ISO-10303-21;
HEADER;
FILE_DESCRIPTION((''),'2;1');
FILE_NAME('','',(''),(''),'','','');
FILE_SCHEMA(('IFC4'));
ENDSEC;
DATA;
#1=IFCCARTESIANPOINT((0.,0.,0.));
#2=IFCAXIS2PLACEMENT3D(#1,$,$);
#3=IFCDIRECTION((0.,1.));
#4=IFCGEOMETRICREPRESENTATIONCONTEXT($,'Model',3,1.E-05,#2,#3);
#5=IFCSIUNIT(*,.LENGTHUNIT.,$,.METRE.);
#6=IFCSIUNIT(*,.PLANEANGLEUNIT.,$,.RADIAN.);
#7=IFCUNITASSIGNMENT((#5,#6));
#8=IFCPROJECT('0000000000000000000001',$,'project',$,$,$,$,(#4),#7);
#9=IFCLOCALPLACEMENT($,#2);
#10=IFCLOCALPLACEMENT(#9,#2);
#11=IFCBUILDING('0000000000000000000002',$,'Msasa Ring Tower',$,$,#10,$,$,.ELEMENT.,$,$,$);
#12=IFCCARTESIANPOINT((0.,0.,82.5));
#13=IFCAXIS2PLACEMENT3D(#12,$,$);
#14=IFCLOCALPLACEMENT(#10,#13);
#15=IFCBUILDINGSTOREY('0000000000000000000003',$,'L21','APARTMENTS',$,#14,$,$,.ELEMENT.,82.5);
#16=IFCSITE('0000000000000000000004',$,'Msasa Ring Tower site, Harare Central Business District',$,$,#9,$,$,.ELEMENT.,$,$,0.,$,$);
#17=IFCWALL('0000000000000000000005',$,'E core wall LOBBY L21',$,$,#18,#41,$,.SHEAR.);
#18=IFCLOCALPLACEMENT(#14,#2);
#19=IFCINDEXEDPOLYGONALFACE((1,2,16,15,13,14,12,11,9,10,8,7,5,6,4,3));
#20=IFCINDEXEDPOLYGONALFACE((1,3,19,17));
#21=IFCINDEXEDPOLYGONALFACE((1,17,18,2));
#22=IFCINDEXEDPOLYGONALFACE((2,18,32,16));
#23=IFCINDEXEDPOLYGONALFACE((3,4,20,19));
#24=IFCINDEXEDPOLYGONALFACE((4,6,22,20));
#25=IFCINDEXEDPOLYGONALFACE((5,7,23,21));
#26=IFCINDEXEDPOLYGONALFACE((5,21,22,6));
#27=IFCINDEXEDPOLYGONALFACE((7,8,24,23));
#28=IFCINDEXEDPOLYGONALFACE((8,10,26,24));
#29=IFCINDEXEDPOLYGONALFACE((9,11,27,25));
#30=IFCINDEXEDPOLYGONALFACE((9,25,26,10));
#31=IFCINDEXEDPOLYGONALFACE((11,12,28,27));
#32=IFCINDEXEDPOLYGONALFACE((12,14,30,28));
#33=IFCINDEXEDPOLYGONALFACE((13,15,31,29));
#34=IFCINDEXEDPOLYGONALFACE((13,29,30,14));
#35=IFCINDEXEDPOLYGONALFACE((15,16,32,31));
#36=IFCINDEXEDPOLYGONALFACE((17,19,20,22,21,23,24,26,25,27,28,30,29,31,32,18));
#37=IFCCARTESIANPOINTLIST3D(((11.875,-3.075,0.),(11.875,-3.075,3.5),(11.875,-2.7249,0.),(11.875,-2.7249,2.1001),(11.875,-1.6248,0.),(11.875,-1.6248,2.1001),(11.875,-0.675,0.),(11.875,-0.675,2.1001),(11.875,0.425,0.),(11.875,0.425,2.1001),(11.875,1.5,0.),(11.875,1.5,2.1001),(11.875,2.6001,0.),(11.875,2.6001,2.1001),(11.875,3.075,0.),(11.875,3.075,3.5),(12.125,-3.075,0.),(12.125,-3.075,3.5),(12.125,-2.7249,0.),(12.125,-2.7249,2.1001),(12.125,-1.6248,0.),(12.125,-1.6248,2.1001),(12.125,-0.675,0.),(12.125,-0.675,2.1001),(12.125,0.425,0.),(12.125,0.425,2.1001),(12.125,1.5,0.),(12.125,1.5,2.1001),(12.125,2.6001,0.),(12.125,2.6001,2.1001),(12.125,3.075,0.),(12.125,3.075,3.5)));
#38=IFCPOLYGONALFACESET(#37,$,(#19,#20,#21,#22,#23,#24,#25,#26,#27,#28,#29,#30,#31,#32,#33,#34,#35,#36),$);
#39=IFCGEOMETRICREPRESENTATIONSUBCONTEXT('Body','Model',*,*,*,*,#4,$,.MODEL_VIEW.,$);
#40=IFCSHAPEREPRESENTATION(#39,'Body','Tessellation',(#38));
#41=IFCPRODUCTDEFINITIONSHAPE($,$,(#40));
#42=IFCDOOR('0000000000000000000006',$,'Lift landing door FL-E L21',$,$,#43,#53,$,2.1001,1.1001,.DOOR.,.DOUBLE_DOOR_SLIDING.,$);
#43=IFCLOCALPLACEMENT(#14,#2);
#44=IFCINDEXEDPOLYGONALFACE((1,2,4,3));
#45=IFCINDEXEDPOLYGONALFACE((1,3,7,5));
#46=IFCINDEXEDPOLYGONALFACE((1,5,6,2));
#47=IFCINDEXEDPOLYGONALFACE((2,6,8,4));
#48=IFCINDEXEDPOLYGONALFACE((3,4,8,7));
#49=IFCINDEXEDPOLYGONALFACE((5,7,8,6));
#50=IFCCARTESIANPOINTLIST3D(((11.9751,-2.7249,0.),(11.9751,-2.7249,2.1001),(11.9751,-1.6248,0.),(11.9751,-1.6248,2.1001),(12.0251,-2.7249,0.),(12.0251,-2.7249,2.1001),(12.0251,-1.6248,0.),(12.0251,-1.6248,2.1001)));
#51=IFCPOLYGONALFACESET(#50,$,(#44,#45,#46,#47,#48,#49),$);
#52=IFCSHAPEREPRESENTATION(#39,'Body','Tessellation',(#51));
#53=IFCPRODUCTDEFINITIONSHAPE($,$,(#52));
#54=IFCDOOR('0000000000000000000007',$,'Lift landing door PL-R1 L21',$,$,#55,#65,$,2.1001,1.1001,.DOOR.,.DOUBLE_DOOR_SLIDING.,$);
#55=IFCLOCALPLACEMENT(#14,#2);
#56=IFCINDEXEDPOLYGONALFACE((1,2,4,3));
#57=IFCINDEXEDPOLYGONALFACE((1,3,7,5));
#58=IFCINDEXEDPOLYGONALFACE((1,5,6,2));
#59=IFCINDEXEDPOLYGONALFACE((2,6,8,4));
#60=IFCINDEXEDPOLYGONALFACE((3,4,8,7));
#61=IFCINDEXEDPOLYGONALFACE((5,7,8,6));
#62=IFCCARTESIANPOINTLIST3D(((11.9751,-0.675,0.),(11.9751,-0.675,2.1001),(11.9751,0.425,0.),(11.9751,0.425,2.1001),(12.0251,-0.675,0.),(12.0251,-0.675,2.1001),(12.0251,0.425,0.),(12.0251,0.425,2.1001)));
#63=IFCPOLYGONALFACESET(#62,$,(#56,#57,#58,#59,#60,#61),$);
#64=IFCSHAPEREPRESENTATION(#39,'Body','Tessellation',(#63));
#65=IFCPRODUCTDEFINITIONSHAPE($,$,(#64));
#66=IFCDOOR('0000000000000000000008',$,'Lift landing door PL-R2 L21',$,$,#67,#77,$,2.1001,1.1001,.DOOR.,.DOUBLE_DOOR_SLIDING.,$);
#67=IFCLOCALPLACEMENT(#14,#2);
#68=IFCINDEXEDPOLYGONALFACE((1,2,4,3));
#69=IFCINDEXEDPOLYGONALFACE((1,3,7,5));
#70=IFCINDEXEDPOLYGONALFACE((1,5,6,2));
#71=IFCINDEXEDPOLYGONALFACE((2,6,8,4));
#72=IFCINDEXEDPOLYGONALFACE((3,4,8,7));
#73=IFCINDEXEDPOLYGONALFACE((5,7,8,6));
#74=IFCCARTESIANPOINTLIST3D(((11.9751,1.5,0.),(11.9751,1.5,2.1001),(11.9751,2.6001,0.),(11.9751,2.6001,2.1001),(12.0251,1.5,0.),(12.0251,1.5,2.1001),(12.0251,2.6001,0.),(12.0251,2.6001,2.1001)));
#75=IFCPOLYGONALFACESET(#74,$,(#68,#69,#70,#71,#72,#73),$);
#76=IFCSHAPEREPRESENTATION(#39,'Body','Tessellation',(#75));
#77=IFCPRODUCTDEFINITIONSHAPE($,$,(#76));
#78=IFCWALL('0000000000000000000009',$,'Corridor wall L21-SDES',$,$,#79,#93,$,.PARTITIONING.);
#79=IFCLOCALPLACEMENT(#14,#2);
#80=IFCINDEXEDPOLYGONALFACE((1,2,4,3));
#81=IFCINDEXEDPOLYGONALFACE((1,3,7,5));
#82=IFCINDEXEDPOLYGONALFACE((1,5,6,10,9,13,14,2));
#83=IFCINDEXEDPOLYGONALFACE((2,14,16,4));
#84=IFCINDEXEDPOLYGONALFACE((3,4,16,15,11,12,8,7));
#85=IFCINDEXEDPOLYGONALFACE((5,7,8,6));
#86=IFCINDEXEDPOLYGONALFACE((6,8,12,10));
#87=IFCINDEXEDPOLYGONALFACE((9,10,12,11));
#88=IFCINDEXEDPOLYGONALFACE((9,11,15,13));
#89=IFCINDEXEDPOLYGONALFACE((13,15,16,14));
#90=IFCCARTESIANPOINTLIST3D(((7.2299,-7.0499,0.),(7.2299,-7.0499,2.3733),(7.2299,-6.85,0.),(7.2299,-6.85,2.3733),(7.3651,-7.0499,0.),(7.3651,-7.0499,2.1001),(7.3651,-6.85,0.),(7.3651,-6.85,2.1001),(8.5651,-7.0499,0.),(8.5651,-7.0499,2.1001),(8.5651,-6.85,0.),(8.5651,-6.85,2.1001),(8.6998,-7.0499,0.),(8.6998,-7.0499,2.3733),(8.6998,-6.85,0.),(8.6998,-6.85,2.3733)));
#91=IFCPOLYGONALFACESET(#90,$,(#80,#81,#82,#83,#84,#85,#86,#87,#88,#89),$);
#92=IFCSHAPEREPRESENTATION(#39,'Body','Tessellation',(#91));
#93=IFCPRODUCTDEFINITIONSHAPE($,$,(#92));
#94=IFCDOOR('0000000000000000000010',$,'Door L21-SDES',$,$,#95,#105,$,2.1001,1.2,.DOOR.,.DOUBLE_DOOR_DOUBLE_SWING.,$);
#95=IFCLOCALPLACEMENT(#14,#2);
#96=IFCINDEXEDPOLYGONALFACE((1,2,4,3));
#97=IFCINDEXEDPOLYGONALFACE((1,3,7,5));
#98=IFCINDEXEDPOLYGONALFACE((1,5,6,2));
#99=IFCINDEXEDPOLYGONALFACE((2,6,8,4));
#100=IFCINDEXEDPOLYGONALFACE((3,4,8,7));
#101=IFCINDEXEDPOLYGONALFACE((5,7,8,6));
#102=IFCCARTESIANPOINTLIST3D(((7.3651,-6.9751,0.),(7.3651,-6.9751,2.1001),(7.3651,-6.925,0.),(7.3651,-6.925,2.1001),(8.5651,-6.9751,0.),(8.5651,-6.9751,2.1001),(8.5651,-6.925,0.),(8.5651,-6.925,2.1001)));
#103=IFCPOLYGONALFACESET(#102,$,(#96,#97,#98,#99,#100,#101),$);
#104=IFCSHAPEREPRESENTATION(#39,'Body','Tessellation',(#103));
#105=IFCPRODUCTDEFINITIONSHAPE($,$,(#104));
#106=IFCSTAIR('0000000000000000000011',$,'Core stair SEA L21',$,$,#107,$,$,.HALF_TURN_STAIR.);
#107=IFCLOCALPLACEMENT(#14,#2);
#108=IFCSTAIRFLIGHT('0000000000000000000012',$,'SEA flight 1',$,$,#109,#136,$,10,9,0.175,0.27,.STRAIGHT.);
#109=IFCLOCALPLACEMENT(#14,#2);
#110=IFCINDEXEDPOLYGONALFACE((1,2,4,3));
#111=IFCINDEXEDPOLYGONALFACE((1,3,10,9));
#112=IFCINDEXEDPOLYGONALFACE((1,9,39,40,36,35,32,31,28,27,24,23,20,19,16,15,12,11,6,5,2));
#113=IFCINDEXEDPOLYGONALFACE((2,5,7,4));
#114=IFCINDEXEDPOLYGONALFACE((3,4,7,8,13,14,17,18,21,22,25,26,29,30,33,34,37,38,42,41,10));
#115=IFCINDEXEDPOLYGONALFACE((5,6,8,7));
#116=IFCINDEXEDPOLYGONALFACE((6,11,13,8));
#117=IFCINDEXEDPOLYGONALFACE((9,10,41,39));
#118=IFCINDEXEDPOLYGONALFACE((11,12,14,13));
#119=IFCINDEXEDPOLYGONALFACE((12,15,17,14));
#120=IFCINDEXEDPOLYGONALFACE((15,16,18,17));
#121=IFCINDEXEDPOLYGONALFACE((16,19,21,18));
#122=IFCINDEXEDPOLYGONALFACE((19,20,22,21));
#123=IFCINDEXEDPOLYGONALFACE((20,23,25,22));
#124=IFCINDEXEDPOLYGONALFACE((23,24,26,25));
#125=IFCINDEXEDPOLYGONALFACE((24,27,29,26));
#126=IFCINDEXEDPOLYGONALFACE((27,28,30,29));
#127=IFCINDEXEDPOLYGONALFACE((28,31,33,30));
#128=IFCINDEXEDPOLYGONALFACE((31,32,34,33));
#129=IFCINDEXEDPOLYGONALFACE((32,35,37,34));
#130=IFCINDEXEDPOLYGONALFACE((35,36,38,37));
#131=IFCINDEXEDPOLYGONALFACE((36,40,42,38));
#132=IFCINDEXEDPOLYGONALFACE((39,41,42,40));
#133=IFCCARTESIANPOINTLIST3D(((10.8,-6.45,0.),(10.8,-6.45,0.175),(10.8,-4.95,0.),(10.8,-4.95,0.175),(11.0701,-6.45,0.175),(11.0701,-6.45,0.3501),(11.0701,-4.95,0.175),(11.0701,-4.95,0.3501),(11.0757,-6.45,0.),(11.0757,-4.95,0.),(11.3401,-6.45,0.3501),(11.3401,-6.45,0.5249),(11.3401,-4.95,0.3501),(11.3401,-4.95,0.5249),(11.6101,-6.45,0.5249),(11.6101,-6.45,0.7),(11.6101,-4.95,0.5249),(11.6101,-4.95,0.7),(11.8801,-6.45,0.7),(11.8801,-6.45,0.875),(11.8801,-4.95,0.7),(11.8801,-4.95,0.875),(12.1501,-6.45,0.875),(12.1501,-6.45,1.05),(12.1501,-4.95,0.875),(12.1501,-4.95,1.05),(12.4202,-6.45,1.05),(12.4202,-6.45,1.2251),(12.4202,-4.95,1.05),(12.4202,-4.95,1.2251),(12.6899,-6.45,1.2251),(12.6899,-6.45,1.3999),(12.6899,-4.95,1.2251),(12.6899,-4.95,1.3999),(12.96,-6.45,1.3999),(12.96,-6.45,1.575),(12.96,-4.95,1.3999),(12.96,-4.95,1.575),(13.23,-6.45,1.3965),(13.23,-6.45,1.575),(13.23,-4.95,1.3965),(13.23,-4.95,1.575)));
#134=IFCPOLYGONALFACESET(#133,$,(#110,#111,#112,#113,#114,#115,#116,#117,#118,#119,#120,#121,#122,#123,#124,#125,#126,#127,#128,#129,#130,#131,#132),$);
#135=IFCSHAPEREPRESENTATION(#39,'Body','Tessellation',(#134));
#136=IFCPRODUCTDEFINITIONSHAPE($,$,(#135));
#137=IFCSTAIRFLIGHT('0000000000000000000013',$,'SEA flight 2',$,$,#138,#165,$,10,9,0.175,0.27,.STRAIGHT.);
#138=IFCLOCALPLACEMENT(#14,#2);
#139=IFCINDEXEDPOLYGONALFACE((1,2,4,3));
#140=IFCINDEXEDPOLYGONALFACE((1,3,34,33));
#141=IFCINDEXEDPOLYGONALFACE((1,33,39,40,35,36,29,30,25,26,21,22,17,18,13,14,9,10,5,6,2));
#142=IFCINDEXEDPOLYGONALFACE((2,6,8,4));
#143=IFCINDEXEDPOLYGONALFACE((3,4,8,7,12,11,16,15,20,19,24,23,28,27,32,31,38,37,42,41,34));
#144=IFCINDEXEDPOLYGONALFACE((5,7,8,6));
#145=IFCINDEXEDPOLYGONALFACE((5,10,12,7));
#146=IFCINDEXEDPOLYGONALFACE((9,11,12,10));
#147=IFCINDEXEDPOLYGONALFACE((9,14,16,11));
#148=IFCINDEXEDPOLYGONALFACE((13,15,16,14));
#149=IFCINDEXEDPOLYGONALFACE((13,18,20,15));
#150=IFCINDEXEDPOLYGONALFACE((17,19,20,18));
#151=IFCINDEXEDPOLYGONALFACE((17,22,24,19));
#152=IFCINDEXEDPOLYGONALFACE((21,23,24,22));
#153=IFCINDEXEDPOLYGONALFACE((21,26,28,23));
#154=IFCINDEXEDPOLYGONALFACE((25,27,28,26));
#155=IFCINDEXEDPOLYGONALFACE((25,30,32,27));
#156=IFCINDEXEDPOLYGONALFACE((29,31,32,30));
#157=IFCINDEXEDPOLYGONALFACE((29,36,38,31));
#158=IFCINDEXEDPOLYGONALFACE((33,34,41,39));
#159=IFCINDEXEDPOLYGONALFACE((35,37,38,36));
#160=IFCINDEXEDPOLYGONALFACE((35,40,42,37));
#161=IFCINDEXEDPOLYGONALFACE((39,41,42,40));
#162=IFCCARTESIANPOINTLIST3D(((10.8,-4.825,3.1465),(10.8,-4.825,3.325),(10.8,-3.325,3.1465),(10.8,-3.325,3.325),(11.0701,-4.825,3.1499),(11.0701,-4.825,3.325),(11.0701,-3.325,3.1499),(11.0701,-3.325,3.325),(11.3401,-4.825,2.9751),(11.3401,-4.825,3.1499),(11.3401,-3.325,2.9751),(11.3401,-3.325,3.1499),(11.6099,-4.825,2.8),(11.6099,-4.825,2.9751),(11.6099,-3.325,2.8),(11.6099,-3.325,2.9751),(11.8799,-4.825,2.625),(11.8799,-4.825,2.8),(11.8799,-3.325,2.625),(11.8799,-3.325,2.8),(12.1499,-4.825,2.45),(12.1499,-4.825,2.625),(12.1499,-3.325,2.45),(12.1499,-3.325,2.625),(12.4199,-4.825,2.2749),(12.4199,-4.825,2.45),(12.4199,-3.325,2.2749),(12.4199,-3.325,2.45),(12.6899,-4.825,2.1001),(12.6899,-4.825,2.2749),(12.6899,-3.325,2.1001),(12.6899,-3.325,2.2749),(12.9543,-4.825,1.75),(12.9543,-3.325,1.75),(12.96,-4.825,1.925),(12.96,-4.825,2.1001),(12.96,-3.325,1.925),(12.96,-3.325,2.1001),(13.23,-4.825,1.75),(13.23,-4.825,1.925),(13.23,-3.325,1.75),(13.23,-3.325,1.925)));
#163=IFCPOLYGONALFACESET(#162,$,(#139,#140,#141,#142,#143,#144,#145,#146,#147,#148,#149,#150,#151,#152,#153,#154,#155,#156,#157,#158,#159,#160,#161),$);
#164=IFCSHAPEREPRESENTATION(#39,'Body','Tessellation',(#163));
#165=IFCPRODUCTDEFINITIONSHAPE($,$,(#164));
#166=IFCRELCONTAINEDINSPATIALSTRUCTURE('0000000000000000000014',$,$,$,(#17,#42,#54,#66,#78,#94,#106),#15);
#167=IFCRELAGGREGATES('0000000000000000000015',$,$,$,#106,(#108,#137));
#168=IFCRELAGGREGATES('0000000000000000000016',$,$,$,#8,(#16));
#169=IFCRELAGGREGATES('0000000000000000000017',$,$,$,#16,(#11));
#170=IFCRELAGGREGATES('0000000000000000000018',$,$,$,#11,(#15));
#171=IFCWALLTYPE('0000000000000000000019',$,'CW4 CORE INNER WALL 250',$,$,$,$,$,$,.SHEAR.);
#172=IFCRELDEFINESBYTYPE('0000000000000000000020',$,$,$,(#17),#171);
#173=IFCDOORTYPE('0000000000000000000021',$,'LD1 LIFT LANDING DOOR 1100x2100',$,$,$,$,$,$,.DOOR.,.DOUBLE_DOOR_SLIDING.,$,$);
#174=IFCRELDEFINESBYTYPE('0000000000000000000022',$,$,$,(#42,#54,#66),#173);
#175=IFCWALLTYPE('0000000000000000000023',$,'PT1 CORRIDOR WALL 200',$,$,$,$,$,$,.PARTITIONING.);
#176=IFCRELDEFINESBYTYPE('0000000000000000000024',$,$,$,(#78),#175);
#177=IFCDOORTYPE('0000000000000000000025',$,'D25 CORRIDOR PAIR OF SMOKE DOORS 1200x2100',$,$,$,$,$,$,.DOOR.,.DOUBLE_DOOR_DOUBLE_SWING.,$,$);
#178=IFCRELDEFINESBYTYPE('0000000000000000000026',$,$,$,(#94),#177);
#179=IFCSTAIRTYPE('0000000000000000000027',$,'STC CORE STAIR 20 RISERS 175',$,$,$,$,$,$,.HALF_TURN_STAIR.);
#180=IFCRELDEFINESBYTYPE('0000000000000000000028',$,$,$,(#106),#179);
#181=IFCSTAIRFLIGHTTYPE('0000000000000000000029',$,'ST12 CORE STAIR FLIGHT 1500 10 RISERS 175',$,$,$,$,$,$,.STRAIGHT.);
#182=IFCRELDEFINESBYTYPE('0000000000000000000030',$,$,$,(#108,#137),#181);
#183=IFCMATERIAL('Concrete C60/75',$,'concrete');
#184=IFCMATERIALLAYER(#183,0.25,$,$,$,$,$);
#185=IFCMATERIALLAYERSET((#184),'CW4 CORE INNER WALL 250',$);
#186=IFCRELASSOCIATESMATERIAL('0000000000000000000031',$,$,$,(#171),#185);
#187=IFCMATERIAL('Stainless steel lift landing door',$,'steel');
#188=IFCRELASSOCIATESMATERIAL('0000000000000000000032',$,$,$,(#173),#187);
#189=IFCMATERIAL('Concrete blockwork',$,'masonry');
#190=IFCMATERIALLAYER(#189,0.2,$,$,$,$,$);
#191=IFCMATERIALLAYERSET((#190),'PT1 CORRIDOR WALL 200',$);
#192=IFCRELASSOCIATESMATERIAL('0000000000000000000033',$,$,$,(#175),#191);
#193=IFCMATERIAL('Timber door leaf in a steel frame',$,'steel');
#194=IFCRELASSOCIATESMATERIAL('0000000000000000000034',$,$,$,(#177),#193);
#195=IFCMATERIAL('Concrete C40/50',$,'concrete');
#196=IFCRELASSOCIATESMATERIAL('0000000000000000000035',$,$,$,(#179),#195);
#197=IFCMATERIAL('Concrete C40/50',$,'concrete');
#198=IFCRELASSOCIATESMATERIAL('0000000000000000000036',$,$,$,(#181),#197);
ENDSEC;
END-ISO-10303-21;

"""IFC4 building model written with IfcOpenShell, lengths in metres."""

from ifc_helpers import new_model, si_unit, direction, frame, frame_2d, origin, place, context, subcontext, project, spatial, polyline, rectangle, outline, extrude, material, layer, layer_set, type_object, element, fill, aggregate, save


model = new_model("IFC4")

# Units and contexts
model_context = context("Model", 3, precision=1e-05, world=origin(), true_north=direction((0.0, 1.0)))
body_context = subcontext(model_context, "Body", "Model", "MODEL_VIEW")
ifc_project = project(units=[si_unit("LENGTHUNIT", "METRE"), si_unit("PLANEANGLEUNIT", "RADIAN")], contexts=[model_context])

# Site, building, storey
site_placement = place(None, origin())
site = spatial("IfcSite", under=ifc_project, at=site_placement, Name="Msasa Ring Tower site, Harare Central Business District", CompositionType="ELEMENT", RefElevation=0.0)
building_placement = place(site_placement, origin())
building = spatial("IfcBuilding", under=site, at=building_placement, Name="Msasa Ring Tower", CompositionType="ELEMENT")
storey_placement = place(building_placement, frame((0.0, 0.0, 82.5)))
storey = spatial("IfcBuildingStorey", under=building, at=storey_placement, Name="L21", Description="APARTMENTS", CompositionType="ELEMENT", Elevation=82.5)

# Shared definitions
ifc_material_1 = material(Name="Concrete C60/75", Category="concrete")
ifc_layer_1 = layer(ifc_material_1, 0.25)
ifc_layer_set_1 = layer_set([ifc_layer_1], Name="CW4 CORE INNER WALL 250")
wall_type_1 = type_object("IfcWallType", Name="CW4 CORE INNER WALL 250", PredefinedType="SHEAR", material=ifc_layer_set_1)

# Wall, openings, doors
wall_1_placement = place(storey_placement, frame((12.0, -3.075, 0.0), z_axis=(0.0, 0.0, 1.0), x_axis=(0.0, 1.0, 0.0)))
wall_1 = element("IfcWall", 1, at=wall_1_placement, inside=storey, type_object=wall_type_1, Name="E core wall LOBBY L21", PredefinedType="SHEAR", context=body_context, shape_type="SweptSolid", body=[
    extrude(rectangle(XDim=6.1499, YDim=0.25, at=frame_2d((3.075, 0.0))), origin(), (0.0, 0.0, 1.0), 3.5),
])
opening_1_placement = place(wall_1_placement, frame((0.3501, 0.0, 0.0)))
opening_1 = element("IfcOpeningElement", 2, at=opening_1_placement, cuts=wall_1, PredefinedType="OPENING", context=body_context, shape_type="SweptSolid", body=[
    extrude(rectangle(XDim=1.1001, YDim=2.1001, at=frame_2d((0.55, 1.05))), frame((0.0, 0.135, 0.0), z_axis=(0.0, -1.0, 0.0), x_axis=(1.0, 0.0, 0.0)), (0.0, 0.0, 1.0), 0.27),
])
opening_2_placement = place(wall_1_placement, frame((2.3999, 0.0, 0.0)))
opening_2 = element("IfcOpeningElement", 3, at=opening_2_placement, cuts=wall_1, PredefinedType="OPENING", context=body_context, shape_type="SweptSolid", body=[
    extrude(rectangle(XDim=1.1001, YDim=2.1001, at=frame_2d((0.55, 1.05))), frame((0.0, 0.135, 0.0), z_axis=(0.0, -1.0, 0.0), x_axis=(1.0, 0.0, 0.0)), (0.0, 0.0, 1.0), 0.27),
])
opening_3_placement = place(wall_1_placement, frame((4.575, 0.0, 0.0)))
opening_3 = element("IfcOpeningElement", 4, at=opening_3_placement, cuts=wall_1, PredefinedType="OPENING", context=body_context, shape_type="SweptSolid", body=[
    extrude(rectangle(XDim=1.1001, YDim=2.1001, at=frame_2d((0.55, 1.05))), frame((0.0, 0.135, 0.0), z_axis=(0.0, -1.0, 0.0), x_axis=(1.0, 0.0, 0.0)), (0.0, 0.0, 1.0), 0.27),
])
ifc_material_2 = material(Name="Stainless steel lift landing door", Category="steel")
door_type_1 = type_object("IfcDoorType", Name="LD1 LIFT LANDING DOOR 1100x2100", OperationType="DOUBLE_DOOR_SLIDING", PredefinedType="DOOR", material=ifc_material_2)
door_1_placement = place(opening_1_placement, origin())
door_1 = element("IfcDoor", 5, at=door_1_placement, inside=storey, type_object=door_type_1, Name="Lift landing door FL-E L21", OperationType="DOUBLE_DOOR_SLIDING", OverallHeight=2.1001, OverallWidth=1.1001, PredefinedType="DOOR", context=body_context, shape_type="SweptSolid", body=[
    extrude(rectangle(XDim=1.1001, YDim=2.1001, at=frame_2d((0.55, 1.05))), frame((0.0, 0.0249, 0.0), z_axis=(0.0, -1.0, 0.0), x_axis=(1.0, 0.0, 0.0)), (0.0, 0.0, 1.0), 0.05),
])
fill(opening_1, door_1)
door_2_placement = place(opening_2_placement, origin())
door_2 = element("IfcDoor", 6, at=door_2_placement, inside=storey, type_object=door_type_1, Name="Lift landing door PL-R1 L21", OperationType="DOUBLE_DOOR_SLIDING", OverallHeight=2.1001, OverallWidth=1.1001, PredefinedType="DOOR", context=body_context, shape_type="SweptSolid", body=[
    extrude(rectangle(XDim=1.1001, YDim=2.1001, at=frame_2d((0.55, 1.05))), frame((0.0, 0.0249, 0.0), z_axis=(0.0, -1.0, 0.0), x_axis=(1.0, 0.0, 0.0)), (0.0, 0.0, 1.0), 0.05),
])
fill(opening_2, door_2)
door_3_placement = place(opening_3_placement, origin())
door_3 = element("IfcDoor", 7, at=door_3_placement, inside=storey, type_object=door_type_1, Name="Lift landing door PL-R2 L21", OperationType="DOUBLE_DOOR_SLIDING", OverallHeight=2.1001, OverallWidth=1.1001, PredefinedType="DOOR", context=body_context, shape_type="SweptSolid", body=[
    extrude(rectangle(XDim=1.1001, YDim=2.1001, at=frame_2d((0.55, 1.05))), frame((0.0, 0.0249, 0.0), z_axis=(0.0, -1.0, 0.0), x_axis=(1.0, 0.0, 0.0)), (0.0, 0.0, 1.0), 0.05),
])
fill(opening_3, door_3)

# Wall, opening, door
ifc_material_3 = material(Name="Concrete blockwork", Category="masonry")
ifc_layer_2 = layer(ifc_material_3, 0.2)
ifc_layer_set_2 = layer_set([ifc_layer_2], Name="PT1 CORRIDOR WALL 200")
wall_type_2 = type_object("IfcWallType", Name="PT1 CORRIDOR WALL 200", PredefinedType="PARTITIONING", material=ifc_layer_set_2)
wall_2_placement = place(storey_placement, frame((7.23, -6.95, 0.0), z_axis=(0.0, 0.0, 1.0), x_axis=(1.0, 0.0, 0.0)))
wall_2 = element("IfcWall", 8, at=wall_2_placement, inside=storey, type_object=wall_type_2, Name="Corridor wall L21-SDES", PredefinedType="PARTITIONING", context=body_context, shape_type="SweptSolid", body=[
    extrude(rectangle(XDim=1.47, YDim=0.2, at=frame_2d((0.7349, 0.0))), origin(), (0.0, 0.0, 1.0), 2.3733),
])
opening_4_placement = place(wall_2_placement, frame((0.135, 0.0, 0.0)))
opening_4 = element("IfcOpeningElement", 9, at=opening_4_placement, cuts=wall_2, PredefinedType="OPENING", context=body_context, shape_type="SweptSolid", body=[
    extrude(rectangle(XDim=1.2, YDim=2.1001, at=frame_2d((0.6001, 1.05))), frame((0.0, 0.1099, 0.0), z_axis=(0.0, -1.0, 0.0), x_axis=(1.0, 0.0, 0.0)), (0.0, 0.0, 1.0), 0.22),
])
ifc_material_4 = material(Name="Timber door leaf in a steel frame", Category="steel")
door_type_2 = type_object("IfcDoorType", Name="D25 CORRIDOR PAIR OF SMOKE DOORS 1200x2100", OperationType="DOUBLE_DOOR_DOUBLE_SWING", PredefinedType="DOOR", material=ifc_material_4)
door_4_placement = place(opening_4_placement, origin())
door_4 = element("IfcDoor", 10, at=door_4_placement, inside=storey, type_object=door_type_2, Name="Door L21-SDES", OperationType="DOUBLE_DOOR_DOUBLE_SWING", OverallHeight=2.1001, OverallWidth=1.2, PredefinedType="DOOR", context=body_context, shape_type="SweptSolid", body=[
    extrude(rectangle(XDim=1.2, YDim=2.1001, at=frame_2d((0.6001, 1.05))), frame((0.0, 0.0249, 0.0), z_axis=(0.0, -1.0, 0.0), x_axis=(1.0, 0.0, 0.0)), (0.0, 0.0, 1.0), 0.05),
])
fill(opening_4, door_4)

# Stair, stair flights
ifc_material_5 = material(Name="Concrete C40/50", Category="concrete")
stair_type = type_object("IfcStairType", Name="STC CORE STAIR 20 RISERS 175", PredefinedType="HALF_TURN_STAIR", material=ifc_material_5)
stair_placement = place(storey_placement, origin())
stair = element("IfcStair", 11, at=stair_placement, inside=storey, type_object=stair_type, Name="Core stair SEA L21", PredefinedType="HALF_TURN_STAIR")
ifc_material_6 = material(Name="Concrete C40/50", Category="concrete")
stair_flight_type = type_object("IfcStairFlightType", Name="ST12 CORE STAIR FLIGHT 1500 10 RISERS 175", PredefinedType="STRAIGHT", material=ifc_material_6)
stair_flight_1_placement = place(storey_placement, frame((10.8, -5.7, 0.0), z_axis=(0.0, 0.0, 1.0), x_axis=(1.0, 0.0, 0.0)))
stair_flight_1 = element("IfcStairFlight", 12, at=stair_flight_1_placement, type_object=stair_flight_type, Name="SEA flight 1", NumberOfRisers=10, NumberOfTreads=9, PredefinedType="STRAIGHT", RiserHeight=0.175, TreadLength=0.27, context=body_context, shape_type="SweptSolid", body=[
    extrude(outline(polyline([(0.0, 0.0), (0.0, 0.175), (0.27, 0.175), (0.27, 0.3501), (0.54, 0.3501), (0.54, 0.5249), (0.8101, 0.5249), (0.8101, 0.7), (1.0801, 0.7), (1.0801, 0.875), (1.3501, 0.875), (1.3501, 1.05), (1.6201, 1.05), (1.6201, 1.2251), (1.8899, 1.2251), (1.8899, 1.3999), (2.1599, 1.3999), (2.1599, 1.575), (2.4299, 1.575), (2.4299, 1.75), (2.4299, 1.3965), (0.2756, 0.0), (0.0, 0.0)])), frame((0.0, 0.75, 0.0), z_axis=(0.0, -1.0, 0.0), x_axis=(1.0, 0.0, 0.0)), (0.0, 0.0, 1.0), 1.5),
])
stair_flight_2_placement = place(storey_placement, frame((13.23, -4.075, 1.75), z_axis=(0.0, 0.0, 1.0), x_axis=(-1.0, 0.0, 0.0)))
stair_flight_2 = element("IfcStairFlight", 13, at=stair_flight_2_placement, type_object=stair_flight_type, Name="SEA flight 2", NumberOfRisers=10, NumberOfTreads=9, PredefinedType="STRAIGHT", RiserHeight=0.175, TreadLength=0.27, context=body_context, shape_type="SweptSolid", body=[
    extrude(outline(polyline([(0.0, 0.0), (0.0, 0.175), (0.27, 0.175), (0.27, 0.3501), (0.54, 0.3501), (0.54, 0.5249), (0.8101, 0.5249), (0.8101, 0.7), (1.0801, 0.7), (1.0801, 0.875), (1.3501, 0.875), (1.3501, 1.05), (1.6201, 1.05), (1.6201, 1.2251), (1.8899, 1.2251), (1.8899, 1.3999), (2.1599, 1.3999), (2.1599, 1.575), (2.4299, 1.575), (2.4299, 1.75), (2.4299, 1.3965), (0.2756, 0.0), (0.0, 0.0)])), frame((0.0, 0.75, 0.0), z_axis=(0.0, -1.0, 0.0), x_axis=(1.0, 0.0, 0.0)), (0.0, 0.0, 1.0), 1.5),
])
aggregate(stair, [stair_flight_1, stair_flight_2])

save(model, "model.ifc")
